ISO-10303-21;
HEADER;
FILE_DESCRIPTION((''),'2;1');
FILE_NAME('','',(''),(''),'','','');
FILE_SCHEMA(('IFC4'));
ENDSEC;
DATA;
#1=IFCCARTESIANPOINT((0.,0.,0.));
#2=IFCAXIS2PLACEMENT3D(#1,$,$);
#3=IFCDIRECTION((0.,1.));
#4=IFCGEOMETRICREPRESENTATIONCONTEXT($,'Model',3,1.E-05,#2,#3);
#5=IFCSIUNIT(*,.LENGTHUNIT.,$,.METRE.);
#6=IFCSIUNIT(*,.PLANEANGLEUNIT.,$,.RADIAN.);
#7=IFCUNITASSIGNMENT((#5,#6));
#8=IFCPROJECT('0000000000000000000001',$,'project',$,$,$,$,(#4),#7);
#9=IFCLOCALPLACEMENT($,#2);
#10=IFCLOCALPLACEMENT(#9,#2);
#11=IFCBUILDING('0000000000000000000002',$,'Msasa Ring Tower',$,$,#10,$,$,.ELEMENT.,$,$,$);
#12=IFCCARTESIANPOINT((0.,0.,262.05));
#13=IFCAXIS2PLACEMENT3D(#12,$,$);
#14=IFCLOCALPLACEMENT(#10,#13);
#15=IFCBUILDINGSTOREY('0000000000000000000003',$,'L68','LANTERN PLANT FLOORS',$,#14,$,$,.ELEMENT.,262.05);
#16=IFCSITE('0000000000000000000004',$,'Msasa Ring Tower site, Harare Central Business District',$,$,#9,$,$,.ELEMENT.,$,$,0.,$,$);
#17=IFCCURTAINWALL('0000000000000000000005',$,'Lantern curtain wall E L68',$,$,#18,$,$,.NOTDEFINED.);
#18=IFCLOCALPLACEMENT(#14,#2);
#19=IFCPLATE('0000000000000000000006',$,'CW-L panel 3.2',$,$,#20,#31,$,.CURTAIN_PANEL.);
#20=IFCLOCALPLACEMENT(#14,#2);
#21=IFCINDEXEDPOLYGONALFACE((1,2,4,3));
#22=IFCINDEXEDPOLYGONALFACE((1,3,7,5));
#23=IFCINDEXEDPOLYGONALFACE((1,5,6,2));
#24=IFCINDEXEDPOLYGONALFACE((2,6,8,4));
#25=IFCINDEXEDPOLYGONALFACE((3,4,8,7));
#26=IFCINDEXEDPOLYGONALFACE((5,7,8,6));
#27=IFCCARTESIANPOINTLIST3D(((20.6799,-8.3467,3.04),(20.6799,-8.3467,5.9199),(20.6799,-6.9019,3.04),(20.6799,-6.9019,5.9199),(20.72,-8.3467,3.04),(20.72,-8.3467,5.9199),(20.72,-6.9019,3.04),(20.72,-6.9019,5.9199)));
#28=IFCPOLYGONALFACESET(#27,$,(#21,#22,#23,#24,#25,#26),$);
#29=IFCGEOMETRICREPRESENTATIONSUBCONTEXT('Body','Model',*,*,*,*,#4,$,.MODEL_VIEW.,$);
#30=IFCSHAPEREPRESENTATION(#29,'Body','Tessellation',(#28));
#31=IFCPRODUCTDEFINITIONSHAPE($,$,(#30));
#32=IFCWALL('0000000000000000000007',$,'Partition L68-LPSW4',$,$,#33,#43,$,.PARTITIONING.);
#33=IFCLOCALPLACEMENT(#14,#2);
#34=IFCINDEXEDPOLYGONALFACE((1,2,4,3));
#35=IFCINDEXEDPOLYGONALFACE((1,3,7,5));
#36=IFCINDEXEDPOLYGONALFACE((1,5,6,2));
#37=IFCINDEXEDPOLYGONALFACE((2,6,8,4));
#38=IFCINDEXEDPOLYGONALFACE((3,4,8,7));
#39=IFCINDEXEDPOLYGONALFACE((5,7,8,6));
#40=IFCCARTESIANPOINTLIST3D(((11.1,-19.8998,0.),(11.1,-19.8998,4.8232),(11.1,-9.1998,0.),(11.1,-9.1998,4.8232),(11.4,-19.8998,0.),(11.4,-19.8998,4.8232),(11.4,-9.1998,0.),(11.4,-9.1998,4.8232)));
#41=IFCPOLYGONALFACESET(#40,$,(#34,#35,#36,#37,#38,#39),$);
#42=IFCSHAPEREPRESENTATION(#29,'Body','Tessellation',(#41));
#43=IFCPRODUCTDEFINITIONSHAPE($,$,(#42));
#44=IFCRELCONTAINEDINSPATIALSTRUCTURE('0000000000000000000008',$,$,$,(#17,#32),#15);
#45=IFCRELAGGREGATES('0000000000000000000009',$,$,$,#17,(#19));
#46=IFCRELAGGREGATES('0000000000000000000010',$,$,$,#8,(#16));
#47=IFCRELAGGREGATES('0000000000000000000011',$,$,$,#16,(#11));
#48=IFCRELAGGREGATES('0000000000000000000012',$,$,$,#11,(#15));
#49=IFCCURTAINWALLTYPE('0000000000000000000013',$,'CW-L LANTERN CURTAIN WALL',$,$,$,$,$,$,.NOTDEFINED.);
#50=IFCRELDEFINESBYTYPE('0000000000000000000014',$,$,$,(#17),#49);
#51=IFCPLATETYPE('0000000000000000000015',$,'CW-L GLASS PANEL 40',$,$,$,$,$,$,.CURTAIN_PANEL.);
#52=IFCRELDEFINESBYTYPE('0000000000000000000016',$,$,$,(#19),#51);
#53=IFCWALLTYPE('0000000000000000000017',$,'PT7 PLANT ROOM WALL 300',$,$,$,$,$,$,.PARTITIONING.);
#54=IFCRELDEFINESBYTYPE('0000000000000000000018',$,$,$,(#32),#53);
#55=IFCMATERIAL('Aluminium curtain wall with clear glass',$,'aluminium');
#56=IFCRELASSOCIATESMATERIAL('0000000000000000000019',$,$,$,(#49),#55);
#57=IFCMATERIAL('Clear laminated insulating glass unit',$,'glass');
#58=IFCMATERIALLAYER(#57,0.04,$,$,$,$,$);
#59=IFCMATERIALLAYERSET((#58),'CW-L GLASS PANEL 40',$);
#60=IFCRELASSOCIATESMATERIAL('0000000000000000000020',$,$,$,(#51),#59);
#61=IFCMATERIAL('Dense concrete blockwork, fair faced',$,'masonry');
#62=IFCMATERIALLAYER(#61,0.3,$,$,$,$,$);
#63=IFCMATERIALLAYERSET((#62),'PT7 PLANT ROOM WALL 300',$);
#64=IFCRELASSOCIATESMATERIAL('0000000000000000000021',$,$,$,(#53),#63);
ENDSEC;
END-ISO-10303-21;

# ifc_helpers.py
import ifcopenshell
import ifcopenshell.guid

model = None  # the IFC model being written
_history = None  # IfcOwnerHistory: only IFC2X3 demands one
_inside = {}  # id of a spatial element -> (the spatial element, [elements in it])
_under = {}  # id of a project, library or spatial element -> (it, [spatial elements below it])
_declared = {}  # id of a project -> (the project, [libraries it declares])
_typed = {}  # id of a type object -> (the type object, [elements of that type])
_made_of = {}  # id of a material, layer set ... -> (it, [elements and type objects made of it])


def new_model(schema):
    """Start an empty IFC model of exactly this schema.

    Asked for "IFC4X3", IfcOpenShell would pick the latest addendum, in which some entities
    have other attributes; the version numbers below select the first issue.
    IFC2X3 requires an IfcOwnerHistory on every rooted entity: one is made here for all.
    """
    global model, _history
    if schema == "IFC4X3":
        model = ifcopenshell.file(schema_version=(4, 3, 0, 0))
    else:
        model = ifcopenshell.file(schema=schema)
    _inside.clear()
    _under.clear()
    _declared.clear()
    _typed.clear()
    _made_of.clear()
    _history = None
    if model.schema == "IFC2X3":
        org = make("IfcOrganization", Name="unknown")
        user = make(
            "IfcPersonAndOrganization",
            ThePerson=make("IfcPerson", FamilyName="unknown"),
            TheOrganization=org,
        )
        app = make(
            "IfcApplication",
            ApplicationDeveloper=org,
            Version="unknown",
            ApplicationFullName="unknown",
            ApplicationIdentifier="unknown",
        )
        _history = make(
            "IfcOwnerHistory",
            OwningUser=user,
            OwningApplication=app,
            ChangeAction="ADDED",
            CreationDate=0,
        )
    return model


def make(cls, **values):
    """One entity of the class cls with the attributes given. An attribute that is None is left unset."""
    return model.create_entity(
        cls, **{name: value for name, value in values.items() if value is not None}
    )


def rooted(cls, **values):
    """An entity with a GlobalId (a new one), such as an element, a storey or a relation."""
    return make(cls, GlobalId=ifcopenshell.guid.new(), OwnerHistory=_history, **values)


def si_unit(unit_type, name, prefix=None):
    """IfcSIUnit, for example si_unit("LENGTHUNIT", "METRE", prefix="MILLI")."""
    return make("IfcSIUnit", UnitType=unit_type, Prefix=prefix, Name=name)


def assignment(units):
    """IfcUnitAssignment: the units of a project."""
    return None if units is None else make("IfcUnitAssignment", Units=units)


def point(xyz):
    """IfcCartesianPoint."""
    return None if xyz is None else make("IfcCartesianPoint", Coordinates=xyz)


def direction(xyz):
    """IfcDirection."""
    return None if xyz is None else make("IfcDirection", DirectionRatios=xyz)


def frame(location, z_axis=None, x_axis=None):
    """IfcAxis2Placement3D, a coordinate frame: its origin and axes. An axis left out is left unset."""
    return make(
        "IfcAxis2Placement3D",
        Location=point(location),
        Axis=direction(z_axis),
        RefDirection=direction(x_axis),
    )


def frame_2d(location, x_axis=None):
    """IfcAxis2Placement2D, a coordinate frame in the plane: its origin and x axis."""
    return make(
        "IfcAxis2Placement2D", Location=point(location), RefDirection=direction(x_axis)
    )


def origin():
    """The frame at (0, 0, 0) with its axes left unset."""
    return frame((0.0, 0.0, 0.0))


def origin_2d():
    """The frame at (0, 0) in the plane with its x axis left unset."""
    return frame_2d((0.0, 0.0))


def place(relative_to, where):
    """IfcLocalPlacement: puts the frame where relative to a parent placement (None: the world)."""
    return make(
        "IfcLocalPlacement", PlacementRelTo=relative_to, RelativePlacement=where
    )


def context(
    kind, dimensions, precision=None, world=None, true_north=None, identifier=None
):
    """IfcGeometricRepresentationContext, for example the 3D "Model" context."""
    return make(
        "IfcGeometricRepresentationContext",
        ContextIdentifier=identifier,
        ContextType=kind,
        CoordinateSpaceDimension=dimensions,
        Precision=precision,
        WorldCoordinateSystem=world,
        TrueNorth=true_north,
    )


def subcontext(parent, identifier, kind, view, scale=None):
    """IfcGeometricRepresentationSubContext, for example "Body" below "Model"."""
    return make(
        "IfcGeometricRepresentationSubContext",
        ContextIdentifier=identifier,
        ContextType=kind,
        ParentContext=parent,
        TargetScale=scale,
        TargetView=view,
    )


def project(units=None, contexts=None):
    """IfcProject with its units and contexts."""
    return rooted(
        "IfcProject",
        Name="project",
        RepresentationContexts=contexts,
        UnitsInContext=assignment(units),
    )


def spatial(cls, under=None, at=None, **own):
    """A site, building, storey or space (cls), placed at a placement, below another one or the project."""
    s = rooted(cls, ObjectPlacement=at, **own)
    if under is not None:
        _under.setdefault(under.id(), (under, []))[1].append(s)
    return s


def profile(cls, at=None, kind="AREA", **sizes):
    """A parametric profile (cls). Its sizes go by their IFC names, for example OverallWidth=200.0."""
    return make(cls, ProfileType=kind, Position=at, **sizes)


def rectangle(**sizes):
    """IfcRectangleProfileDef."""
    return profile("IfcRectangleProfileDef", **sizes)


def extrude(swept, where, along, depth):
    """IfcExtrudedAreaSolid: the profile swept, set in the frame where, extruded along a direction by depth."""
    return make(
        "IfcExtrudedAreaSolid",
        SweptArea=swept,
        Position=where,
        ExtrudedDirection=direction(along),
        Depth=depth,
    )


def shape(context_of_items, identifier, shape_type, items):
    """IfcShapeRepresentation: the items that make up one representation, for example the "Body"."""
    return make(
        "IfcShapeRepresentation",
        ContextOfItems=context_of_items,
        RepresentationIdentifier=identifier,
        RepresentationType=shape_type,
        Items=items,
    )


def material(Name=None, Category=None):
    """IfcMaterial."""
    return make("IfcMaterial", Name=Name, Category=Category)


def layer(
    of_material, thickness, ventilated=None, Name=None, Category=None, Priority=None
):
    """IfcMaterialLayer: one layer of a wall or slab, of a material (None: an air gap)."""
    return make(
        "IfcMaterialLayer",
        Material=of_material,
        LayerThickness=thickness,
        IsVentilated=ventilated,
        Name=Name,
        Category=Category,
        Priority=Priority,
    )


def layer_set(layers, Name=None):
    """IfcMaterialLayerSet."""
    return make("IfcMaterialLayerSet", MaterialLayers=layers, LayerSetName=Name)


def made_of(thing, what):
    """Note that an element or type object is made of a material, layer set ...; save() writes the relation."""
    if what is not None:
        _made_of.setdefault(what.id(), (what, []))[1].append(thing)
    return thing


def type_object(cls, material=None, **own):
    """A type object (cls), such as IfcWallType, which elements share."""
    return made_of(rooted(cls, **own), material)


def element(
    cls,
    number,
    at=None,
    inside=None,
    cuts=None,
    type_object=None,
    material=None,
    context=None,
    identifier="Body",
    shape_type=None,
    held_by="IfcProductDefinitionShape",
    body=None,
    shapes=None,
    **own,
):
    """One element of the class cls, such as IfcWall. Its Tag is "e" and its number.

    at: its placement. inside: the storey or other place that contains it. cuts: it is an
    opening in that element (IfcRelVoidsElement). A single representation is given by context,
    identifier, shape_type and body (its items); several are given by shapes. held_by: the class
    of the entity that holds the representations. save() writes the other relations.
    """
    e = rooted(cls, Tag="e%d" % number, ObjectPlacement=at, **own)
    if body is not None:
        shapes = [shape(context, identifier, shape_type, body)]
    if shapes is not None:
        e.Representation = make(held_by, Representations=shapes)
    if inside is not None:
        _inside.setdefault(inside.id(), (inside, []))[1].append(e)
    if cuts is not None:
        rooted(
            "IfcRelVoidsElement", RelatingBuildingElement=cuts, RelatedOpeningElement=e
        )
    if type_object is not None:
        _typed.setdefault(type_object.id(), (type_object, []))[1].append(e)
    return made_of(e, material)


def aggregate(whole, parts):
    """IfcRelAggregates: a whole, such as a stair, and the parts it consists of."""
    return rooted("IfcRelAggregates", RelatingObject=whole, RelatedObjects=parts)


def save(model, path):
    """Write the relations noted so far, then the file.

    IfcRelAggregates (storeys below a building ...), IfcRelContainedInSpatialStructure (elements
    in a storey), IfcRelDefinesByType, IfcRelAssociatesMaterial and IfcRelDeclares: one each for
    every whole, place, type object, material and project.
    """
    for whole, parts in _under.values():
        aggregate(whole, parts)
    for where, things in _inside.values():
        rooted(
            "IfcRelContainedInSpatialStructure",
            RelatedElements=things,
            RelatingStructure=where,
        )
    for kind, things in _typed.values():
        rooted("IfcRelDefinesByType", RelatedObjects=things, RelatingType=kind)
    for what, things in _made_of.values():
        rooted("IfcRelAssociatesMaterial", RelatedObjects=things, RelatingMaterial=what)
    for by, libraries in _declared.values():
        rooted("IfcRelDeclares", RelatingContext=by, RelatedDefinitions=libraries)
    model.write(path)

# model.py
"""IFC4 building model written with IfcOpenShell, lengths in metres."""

from ifc_helpers import new_model, si_unit, direction, frame, frame_2d, origin, origin_2d, place, context, subcontext, project, spatial, rectangle, extrude, material, layer, layer_set, type_object, element, aggregate, save


model = new_model("IFC4")

# Units and contexts
model_context = context("Model", 3, precision=1e-05, world=origin(), true_north=direction((0.0, 1.0)))
body_context = subcontext(model_context, "Body", "Model", "MODEL_VIEW")
ifc_project = project(units=[si_unit("LENGTHUNIT", "METRE"), si_unit("PLANEANGLEUNIT", "RADIAN")], contexts=[model_context])

# Site, building, storey
site_placement = place(None, origin())
site = spatial("IfcSite", under=ifc_project, at=site_placement, Name="Msasa Ring Tower site, Harare Central Business District", CompositionType="ELEMENT", RefElevation=0.0)
building_placement = place(site_placement, origin())
building = spatial("IfcBuilding", under=site, at=building_placement, Name="Msasa Ring Tower", CompositionType="ELEMENT")
storey_placement = place(building_placement, frame((0.0, 0.0, 262.05)))
storey = spatial("IfcBuildingStorey", under=building, at=storey_placement, Name="L68", Description="LANTERN PLANT FLOORS", CompositionType="ELEMENT", Elevation=262.05)

# Shared definitions
ifc_material_1 = material(Name="Aluminium curtain wall with clear glass", Category="aluminium")
curtain_wall_type = type_object("IfcCurtainWallType", Name="CW-L LANTERN CURTAIN WALL", PredefinedType="NOTDEFINED", material=ifc_material_1)

# Curtain wall
curtain_wall_1_placement = place(storey_placement, origin())
curtain_wall_1 = element("IfcCurtainWall", 1, at=curtain_wall_1_placement, inside=storey, type_object=curtain_wall_type, Name="Lantern curtain wall E L68", PredefinedType="NOTDEFINED")

# Plate
ifc_material_2 = material(Name="Clear laminated insulating glass unit", Category="glass")
ifc_layer_1 = layer(ifc_material_2, 0.04)
ifc_layer_set_1 = layer_set([ifc_layer_1], Name="CW-L GLASS PANEL 40")
plate_type = type_object("IfcPlateType", Name="CW-L GLASS PANEL 40", PredefinedType="CURTAIN_PANEL", material=ifc_layer_set_1)
plate_1_placement = place(storey_placement, frame((20.7, -7.6243, 3.04), z_axis=(0.0, 0.0, 1.0), x_axis=(0.0, 1.0, 0.0)))
plate_1 = element("IfcPlate", 2, at=plate_1_placement, type_object=plate_type, Name="CW-L panel 3.2", PredefinedType="CURTAIN_PANEL", context=body_context, shape_type="SweptSolid", body=[
    extrude(rectangle(XDim=1.4448, YDim=0.04, at=origin_2d()), origin(), (0.0, 0.0, 1.0), 2.8799),
])
aggregate(curtain_wall_1, [plate_1])

# Wall
ifc_material_3 = material(Name="Dense concrete blockwork, fair faced", Category="masonry")
ifc_layer_2 = layer(ifc_material_3, 0.3)
ifc_layer_set_2 = layer_set([ifc_layer_2], Name="PT7 PLANT ROOM WALL 300")
wall_type = type_object("IfcWallType", Name="PT7 PLANT ROOM WALL 300", PredefinedType="PARTITIONING", material=ifc_layer_set_2)
wall_placement = place(storey_placement, frame((11.25, -19.8999, 0.0), z_axis=(0.0, 0.0, 1.0), x_axis=(0.0, 1.0, 0.0)))
element("IfcWall", 3, at=wall_placement, inside=storey, type_object=wall_type, Name="Partition L68-LPSW4", PredefinedType="PARTITIONING", context=body_context, shape_type="SweptSolid", body=[
    extrude(rectangle(XDim=10.7, YDim=0.3, at=frame_2d((5.3501, 0.0))), origin(), (0.0, 0.0, 1.0), 4.8232),
])

save(model, "model.ifc")
